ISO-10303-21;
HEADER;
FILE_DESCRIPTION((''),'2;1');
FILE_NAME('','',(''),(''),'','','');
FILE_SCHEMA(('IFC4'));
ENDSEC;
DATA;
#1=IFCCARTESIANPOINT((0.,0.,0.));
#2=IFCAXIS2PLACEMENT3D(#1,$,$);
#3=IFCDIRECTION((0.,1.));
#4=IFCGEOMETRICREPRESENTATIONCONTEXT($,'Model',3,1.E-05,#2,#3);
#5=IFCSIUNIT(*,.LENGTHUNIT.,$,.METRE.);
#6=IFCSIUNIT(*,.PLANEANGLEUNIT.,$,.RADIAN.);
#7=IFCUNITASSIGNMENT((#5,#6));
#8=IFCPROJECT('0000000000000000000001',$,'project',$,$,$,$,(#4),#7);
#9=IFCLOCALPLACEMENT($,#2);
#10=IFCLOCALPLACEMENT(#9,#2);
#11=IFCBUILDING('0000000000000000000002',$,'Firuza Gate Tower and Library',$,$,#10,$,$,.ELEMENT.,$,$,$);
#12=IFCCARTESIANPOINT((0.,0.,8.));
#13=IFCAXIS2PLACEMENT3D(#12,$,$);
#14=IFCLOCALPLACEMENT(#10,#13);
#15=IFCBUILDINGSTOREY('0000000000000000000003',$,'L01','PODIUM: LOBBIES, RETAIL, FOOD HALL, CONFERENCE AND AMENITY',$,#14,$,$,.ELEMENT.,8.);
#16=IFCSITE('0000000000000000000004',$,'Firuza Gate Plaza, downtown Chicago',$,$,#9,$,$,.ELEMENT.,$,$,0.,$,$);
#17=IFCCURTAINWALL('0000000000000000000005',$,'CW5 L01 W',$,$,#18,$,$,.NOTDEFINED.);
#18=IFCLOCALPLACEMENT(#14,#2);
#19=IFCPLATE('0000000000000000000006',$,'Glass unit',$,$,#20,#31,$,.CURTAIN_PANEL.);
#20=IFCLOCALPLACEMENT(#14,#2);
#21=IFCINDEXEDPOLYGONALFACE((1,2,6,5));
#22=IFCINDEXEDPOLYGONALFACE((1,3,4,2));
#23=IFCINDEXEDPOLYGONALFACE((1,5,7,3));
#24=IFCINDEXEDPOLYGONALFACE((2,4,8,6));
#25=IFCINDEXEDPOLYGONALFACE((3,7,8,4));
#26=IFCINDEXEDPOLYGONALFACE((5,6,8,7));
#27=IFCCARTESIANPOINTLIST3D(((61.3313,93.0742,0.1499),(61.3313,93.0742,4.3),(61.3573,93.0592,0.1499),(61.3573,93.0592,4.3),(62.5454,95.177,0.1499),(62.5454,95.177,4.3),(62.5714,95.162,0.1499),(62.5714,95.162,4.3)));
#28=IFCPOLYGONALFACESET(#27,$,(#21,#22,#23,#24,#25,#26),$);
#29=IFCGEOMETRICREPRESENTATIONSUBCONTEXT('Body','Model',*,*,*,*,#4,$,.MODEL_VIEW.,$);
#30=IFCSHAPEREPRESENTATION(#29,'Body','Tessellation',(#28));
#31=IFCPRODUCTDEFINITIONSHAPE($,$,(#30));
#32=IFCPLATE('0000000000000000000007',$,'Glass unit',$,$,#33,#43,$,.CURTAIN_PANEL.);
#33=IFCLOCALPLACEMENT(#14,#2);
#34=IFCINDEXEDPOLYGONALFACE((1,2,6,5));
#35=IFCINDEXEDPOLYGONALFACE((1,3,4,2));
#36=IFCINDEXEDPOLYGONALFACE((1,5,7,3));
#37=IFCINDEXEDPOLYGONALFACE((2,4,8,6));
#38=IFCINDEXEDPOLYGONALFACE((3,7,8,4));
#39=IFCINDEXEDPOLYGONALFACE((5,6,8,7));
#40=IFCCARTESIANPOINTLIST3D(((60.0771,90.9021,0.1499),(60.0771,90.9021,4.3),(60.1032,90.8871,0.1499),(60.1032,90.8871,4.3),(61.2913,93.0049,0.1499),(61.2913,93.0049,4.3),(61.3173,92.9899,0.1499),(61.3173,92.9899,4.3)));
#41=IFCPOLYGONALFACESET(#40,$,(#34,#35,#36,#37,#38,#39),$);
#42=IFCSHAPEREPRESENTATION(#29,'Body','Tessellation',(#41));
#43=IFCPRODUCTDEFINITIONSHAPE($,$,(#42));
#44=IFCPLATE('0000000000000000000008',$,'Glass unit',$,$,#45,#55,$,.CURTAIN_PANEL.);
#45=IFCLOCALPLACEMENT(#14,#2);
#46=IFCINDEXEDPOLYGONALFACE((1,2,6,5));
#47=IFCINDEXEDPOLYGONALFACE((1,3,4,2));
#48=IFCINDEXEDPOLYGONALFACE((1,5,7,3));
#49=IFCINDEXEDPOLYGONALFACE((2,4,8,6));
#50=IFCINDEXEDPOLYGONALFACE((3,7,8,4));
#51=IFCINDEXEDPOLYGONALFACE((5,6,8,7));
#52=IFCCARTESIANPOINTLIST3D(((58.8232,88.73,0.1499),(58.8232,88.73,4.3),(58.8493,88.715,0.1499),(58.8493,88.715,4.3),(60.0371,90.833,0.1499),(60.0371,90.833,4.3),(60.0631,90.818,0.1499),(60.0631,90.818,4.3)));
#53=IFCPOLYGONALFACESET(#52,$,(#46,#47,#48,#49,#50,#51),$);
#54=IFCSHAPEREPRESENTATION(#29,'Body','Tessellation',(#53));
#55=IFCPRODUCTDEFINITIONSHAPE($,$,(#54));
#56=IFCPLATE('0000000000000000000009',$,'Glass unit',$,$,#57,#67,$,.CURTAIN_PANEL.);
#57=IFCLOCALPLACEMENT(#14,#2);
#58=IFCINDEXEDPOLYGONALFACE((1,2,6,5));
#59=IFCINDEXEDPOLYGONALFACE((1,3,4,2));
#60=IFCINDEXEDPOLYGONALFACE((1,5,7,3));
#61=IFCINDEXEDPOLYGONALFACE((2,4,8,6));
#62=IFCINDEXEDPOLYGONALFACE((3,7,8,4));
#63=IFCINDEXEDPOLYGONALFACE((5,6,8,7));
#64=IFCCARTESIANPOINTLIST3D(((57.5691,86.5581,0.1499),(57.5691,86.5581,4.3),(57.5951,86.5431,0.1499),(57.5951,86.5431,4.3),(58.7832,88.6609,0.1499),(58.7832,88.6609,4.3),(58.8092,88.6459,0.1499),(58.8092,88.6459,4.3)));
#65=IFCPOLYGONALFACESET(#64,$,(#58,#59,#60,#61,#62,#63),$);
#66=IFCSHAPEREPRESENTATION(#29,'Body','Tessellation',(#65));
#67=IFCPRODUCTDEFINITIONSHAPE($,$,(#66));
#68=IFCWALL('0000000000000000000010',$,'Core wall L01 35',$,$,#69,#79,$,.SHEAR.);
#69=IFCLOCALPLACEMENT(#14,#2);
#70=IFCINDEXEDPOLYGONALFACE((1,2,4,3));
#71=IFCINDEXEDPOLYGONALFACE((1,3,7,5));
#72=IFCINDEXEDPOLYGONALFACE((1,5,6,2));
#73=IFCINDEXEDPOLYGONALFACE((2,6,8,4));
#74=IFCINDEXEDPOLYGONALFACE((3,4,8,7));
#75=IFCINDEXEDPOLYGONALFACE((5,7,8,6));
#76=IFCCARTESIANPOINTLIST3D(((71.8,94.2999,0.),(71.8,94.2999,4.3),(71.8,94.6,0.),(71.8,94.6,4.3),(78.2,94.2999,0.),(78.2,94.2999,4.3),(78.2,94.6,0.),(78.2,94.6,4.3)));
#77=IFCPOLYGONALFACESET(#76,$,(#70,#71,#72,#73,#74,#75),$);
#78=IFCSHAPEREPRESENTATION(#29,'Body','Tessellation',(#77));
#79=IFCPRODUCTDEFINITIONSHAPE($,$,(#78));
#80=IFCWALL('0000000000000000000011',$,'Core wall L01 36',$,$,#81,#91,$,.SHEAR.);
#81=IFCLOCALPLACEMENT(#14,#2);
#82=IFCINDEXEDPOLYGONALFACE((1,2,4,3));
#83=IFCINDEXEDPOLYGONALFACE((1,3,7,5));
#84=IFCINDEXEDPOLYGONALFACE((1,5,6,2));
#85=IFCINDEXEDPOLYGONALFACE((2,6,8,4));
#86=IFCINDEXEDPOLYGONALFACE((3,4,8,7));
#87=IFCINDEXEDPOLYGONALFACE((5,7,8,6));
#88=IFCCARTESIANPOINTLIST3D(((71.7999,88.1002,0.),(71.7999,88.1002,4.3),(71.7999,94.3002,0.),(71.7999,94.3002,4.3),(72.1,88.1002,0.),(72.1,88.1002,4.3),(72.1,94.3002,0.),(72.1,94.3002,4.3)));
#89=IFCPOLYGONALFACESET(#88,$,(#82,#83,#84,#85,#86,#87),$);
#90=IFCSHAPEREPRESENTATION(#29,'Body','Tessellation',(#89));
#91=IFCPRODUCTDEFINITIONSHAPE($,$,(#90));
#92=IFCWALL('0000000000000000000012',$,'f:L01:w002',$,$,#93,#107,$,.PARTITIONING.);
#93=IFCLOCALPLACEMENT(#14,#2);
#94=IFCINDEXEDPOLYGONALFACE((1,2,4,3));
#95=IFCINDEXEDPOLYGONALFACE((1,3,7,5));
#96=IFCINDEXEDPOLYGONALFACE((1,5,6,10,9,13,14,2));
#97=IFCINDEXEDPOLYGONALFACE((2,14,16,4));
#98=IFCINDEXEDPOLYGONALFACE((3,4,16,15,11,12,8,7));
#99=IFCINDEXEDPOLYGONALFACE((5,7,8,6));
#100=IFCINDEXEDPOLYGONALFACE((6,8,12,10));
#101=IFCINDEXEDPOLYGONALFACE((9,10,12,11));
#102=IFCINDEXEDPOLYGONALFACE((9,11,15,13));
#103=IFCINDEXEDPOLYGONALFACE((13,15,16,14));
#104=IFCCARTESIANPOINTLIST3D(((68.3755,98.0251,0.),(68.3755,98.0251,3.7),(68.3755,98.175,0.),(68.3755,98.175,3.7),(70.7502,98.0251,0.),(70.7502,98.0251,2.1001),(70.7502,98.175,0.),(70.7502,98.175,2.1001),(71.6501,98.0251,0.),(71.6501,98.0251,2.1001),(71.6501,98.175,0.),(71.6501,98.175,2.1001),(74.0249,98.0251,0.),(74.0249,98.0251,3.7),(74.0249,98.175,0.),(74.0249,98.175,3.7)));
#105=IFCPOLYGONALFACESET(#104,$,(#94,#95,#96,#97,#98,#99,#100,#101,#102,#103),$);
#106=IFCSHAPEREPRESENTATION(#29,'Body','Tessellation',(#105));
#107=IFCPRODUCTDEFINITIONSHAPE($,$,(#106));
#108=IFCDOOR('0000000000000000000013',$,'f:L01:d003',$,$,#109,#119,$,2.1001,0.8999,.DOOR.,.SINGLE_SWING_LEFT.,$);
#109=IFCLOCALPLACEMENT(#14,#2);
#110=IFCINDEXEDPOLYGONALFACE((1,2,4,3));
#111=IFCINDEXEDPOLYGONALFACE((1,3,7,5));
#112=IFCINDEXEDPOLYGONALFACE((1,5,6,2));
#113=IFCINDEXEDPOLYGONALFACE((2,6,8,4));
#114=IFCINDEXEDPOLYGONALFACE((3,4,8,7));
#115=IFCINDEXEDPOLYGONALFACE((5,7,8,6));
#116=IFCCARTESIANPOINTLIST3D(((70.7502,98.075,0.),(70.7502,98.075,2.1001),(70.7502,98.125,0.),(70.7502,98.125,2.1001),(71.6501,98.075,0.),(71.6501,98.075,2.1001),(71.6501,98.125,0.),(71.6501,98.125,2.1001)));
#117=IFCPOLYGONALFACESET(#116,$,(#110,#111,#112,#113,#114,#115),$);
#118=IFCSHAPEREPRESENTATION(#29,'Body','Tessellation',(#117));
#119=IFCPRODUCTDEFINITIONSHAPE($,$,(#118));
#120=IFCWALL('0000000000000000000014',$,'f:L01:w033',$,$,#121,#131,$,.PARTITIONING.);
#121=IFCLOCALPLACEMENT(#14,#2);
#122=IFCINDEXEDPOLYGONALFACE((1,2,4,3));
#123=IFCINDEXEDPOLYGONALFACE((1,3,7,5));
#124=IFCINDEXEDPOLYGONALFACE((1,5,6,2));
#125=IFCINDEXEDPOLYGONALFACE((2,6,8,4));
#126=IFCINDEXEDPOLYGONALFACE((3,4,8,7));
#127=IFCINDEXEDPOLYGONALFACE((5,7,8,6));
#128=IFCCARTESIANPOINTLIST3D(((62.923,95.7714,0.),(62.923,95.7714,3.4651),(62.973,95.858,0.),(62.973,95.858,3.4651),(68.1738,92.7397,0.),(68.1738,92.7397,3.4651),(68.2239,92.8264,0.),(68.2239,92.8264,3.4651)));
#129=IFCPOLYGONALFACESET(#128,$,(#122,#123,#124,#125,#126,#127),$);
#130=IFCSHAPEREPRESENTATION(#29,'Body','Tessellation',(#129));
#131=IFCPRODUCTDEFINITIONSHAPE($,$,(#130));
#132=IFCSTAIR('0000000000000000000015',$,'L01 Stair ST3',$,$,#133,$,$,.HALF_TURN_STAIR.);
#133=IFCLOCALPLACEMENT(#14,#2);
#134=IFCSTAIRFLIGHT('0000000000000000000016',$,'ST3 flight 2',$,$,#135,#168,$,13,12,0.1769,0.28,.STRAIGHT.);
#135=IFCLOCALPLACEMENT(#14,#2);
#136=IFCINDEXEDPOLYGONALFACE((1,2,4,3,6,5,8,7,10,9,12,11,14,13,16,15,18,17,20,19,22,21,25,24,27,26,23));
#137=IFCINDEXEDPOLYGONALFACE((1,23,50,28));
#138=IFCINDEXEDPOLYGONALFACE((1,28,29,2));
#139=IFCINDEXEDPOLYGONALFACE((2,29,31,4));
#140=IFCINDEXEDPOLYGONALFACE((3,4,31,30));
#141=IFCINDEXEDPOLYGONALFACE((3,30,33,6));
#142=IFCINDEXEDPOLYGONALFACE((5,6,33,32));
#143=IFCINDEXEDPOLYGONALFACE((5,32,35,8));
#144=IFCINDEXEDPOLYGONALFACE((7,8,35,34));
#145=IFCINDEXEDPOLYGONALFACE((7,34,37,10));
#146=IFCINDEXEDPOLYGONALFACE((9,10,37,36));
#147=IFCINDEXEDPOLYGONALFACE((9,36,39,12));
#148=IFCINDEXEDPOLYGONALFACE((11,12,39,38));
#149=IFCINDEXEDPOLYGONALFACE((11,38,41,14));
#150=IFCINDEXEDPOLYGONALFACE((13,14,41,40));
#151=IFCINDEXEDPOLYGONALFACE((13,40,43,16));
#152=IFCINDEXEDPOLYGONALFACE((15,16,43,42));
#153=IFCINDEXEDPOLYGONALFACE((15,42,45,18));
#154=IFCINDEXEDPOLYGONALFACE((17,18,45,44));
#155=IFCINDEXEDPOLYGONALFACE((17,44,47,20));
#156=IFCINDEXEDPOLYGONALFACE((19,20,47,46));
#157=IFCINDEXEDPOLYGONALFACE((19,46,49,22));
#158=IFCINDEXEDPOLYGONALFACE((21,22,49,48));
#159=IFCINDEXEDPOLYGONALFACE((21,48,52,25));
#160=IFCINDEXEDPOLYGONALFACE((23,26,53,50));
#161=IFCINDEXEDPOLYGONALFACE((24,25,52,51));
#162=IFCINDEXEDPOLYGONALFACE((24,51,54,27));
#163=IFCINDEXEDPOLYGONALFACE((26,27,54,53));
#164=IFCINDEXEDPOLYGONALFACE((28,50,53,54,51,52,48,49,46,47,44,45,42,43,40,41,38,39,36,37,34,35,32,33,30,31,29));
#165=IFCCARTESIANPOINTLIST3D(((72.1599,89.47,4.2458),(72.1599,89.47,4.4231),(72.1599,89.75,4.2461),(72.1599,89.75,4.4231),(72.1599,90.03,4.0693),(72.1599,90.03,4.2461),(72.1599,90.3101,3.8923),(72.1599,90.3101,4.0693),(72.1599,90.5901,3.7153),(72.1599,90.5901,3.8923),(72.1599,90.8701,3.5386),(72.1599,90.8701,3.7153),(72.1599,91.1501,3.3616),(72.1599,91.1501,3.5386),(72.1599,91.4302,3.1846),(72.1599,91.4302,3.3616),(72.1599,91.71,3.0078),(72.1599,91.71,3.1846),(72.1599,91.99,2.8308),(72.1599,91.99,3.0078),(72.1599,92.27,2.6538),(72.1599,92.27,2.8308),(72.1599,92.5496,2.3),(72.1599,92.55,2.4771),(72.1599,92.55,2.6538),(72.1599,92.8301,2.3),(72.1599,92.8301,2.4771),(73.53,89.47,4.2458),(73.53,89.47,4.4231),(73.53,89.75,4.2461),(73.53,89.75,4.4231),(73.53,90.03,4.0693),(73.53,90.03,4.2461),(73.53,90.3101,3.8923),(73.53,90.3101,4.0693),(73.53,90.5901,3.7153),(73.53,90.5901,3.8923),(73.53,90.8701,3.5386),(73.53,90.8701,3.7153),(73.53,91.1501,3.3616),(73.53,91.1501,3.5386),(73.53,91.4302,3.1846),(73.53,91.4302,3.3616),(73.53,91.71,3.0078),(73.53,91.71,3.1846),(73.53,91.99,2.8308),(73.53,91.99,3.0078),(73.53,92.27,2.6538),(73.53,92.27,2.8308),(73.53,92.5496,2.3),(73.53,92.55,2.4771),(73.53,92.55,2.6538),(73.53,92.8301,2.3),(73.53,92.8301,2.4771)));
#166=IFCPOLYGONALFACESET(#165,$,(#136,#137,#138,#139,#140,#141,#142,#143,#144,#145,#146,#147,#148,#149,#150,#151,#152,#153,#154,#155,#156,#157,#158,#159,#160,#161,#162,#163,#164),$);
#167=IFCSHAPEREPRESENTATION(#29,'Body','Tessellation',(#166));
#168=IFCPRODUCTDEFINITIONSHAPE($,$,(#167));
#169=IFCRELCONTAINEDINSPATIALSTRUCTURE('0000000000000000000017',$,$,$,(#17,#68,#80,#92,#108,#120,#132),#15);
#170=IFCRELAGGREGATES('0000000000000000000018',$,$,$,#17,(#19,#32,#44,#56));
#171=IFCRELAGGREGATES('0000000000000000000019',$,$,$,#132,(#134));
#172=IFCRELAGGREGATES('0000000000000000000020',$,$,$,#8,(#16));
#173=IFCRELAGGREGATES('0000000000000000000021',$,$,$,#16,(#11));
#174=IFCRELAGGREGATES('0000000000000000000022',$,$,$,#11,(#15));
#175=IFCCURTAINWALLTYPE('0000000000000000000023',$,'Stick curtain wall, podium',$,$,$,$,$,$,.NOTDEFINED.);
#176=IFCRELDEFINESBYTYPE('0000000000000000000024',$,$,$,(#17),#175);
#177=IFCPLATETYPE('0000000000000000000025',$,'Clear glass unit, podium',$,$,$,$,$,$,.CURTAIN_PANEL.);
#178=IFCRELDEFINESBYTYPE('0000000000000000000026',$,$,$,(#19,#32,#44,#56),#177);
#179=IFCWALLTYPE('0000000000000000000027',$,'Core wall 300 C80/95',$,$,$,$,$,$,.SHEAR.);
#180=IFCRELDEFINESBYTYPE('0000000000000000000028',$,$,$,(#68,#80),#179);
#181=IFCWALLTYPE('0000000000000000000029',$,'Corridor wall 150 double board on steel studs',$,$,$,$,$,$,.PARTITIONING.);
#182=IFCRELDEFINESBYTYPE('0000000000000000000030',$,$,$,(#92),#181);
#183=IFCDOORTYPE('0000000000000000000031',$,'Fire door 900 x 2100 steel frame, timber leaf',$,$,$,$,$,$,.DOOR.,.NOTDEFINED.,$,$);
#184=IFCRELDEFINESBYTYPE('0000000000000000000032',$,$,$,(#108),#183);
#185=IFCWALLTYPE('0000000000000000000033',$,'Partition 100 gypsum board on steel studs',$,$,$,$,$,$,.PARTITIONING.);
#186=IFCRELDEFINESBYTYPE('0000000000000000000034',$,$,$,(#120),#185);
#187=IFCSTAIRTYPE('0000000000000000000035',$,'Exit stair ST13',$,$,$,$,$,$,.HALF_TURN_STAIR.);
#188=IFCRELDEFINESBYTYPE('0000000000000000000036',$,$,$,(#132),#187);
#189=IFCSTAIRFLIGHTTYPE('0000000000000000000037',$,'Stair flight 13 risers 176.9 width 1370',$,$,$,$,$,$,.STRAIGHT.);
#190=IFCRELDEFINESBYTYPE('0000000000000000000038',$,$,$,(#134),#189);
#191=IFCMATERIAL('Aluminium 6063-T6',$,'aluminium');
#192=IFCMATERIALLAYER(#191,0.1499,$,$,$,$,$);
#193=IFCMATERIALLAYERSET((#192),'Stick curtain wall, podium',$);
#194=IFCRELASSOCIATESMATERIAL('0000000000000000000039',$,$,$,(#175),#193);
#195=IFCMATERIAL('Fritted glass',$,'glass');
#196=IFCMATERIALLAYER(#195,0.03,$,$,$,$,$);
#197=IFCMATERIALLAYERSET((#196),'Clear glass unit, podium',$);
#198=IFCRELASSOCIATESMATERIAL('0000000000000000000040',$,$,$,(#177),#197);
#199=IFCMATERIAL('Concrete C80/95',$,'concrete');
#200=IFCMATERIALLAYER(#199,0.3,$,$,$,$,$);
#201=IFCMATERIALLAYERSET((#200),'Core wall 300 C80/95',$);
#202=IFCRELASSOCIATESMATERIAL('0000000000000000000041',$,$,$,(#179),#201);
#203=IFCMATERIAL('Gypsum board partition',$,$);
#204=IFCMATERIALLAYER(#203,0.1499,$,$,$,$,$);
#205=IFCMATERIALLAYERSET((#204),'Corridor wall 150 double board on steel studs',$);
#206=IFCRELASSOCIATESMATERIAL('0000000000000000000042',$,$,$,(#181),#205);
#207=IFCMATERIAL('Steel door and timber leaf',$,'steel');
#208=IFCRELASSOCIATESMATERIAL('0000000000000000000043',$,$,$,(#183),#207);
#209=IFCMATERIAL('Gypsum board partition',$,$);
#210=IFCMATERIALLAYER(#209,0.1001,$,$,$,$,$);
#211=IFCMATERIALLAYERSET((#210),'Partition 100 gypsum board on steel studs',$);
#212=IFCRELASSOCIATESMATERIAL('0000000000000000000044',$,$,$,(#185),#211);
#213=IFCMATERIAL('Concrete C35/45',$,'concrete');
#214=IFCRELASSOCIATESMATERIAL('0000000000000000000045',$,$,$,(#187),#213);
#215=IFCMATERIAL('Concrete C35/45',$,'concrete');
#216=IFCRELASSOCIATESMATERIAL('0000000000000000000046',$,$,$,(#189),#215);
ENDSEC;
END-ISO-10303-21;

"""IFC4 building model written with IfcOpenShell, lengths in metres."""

from ifc_helpers import new_model, si_unit, direction, frame, frame_2d, origin, place, context, subcontext, project, spatial, polyline, rectangle, outline, extrude, material, layer, layer_set, type_object, element, fill, aggregate, save


model = new_model("IFC4")

# Units and contexts
model_context = context("Model", 3, precision=1e-05, world=origin(), true_north=direction((0.0, 1.0)))
body_context = subcontext(model_context, "Body", "Model", "MODEL_VIEW")
ifc_project = project(units=[si_unit("LENGTHUNIT", "METRE"), si_unit("PLANEANGLEUNIT", "RADIAN")], contexts=[model_context])

# Site, building, storey
site_placement = place(None, origin())
site = spatial("IfcSite", under=ifc_project, at=site_placement, Name="Firuza Gate Plaza, downtown Chicago", CompositionType="ELEMENT", RefElevation=0.0)
building_placement = place(site_placement, origin())
building = spatial("IfcBuilding", under=site, at=building_placement, Name="Firuza Gate Tower and Library", CompositionType="ELEMENT")
storey_placement = place(building_placement, frame((0.0, 0.0, 8.0)))
storey = spatial("IfcBuildingStorey", under=building, at=storey_placement, Name="L01", Description="PODIUM: LOBBIES, RETAIL, FOOD HALL, CONFERENCE AND AMENITY", CompositionType="ELEMENT", Elevation=8.0)

# Curtain wall
ifc_material_1 = material(Name="Aluminium 6063-T6", Category="aluminium")
ifc_layer_1 = layer(ifc_material_1, 0.1499)
ifc_layer_set_1 = layer_set([ifc_layer_1], Name="Stick curtain wall, podium")
curtain_wall_type = type_object("IfcCurtainWallType", Name="Stick curtain wall, podium", PredefinedType="NOTDEFINED", material=ifc_layer_set_1)
placement = place(storey_placement, origin())
curtain_wall = element("IfcCurtainWall", 1, at=placement, inside=storey, type_object=curtain_wall_type, Name="CW5 L01 W", PredefinedType="NOTDEFINED")

# Plates
ifc_material_2 = material(Name="Fritted glass", Category="glass")
ifc_layer_2 = layer(ifc_material_2, 0.03)
ifc_layer_set_2 = layer_set([ifc_layer_2], Name="Clear glass unit, podium")
plate_type = type_object("IfcPlateType", Name="Clear glass unit, podium", PredefinedType="CURTAIN_PANEL", material=ifc_layer_set_2)
plate_1_placement = place(storey_placement, frame((62.5454, 95.177, 0.1499), z_axis=(-0.866013, 0.500021, 0.0), x_axis=(-0.500021, -0.866013, 0.0)))
plate_1 = element("IfcPlate", 2, at=plate_1_placement, type_object=plate_type, Name="Glass unit", PredefinedType="CURTAIN_PANEL", context=body_context, shape_type="SweptSolid", body=[
    extrude(outline(polyline([(0.0, 0.0), (2.4281, 0.0), (2.4281, 4.1501), (0.0, 4.1501), (0.0, 0.0)])), origin(), (0.0, 0.0, -1.0), 0.03),
])
plate_2_placement = place(storey_placement, frame((61.2913, 93.0049, 0.1499), z_axis=(-0.866013, 0.500021, 0.0), x_axis=(-0.500021, -0.866013, 0.0)))
plate_2 = element("IfcPlate", 3, at=plate_2_placement, type_object=plate_type, Name="Glass unit", PredefinedType="CURTAIN_PANEL", context=body_context, shape_type="SweptSolid", body=[
    extrude(outline(polyline([(0.0, 0.0), (2.4281, 0.0), (2.4281, 4.1501), (0.0, 4.1501), (0.0, 0.0)])), origin(), (0.0, 0.0, -1.0), 0.03),
])
plate_3_placement = place(storey_placement, frame((60.0371, 90.833, 0.1499), z_axis=(-0.866082, 0.499902, 0.0), x_axis=(-0.499902, -0.866082, 0.0)))
plate_3 = element("IfcPlate", 4, at=plate_3_placement, type_object=plate_type, Name="Glass unit", PredefinedType="CURTAIN_PANEL", context=body_context, shape_type="SweptSolid", body=[
    extrude(outline(polyline([(0.0, 0.0), (2.4282, 0.0), (2.4282, 4.1501), (0.0, 4.1501), (0.0, 0.0)])), origin(), (0.0, 0.0, -1.0), 0.03),
])
plate_4_placement = place(storey_placement, frame((58.7832, 88.6609, 0.1499), z_axis=(-0.866013, 0.500021, 0.0), x_axis=(-0.500021, -0.866013, 0.0)))
plate_4 = element("IfcPlate", 5, at=plate_4_placement, type_object=plate_type, Name="Glass unit", PredefinedType="CURTAIN_PANEL", context=body_context, shape_type="SweptSolid", body=[
    extrude(outline(polyline([(0.0, 0.0), (2.4281, 0.0), (2.4281, 4.1501), (0.0, 4.1501), (0.0, 0.0)])), origin(), (0.0, 0.0, -1.0), 0.03),
])
aggregate(curtain_wall, [plate_1, plate_2, plate_3, plate_4])

# Walls
ifc_material_3 = material(Name="Concrete C80/95", Category="concrete")
ifc_layer_3 = layer(ifc_material_3, 0.3)
ifc_layer_set_3 = layer_set([ifc_layer_3], Name="Core wall 300 C80/95")
wall_type_1 = type_object("IfcWallType", Name="Core wall 300 C80/95", PredefinedType="SHEAR", material=ifc_layer_set_3)
wall_1_placement = place(storey_placement, frame((71.8, 94.45, 0.0), z_axis=(0.0, 0.0, 1.0), x_axis=(1.0, 0.0, 0.0)))
element("IfcWall", 6, at=wall_1_placement, inside=storey, type_object=wall_type_1, Name="Core wall L01 35", PredefinedType="SHEAR", context=body_context, shape_type="SweptSolid", body=[
    extrude(rectangle(XDim=6.3999, YDim=0.3, at=frame_2d((3.2, 0.0))), origin(), (0.0, 0.0, 1.0), 4.3),
])
wall_2_placement = place(storey_placement, frame((71.95, 88.1001, 0.0), z_axis=(0.0, 0.0, 1.0), x_axis=(0.0, 1.0, 0.0)))
element("IfcWall", 7, at=wall_2_placement, inside=storey, type_object=wall_type_1, Name="Core wall L01 36", PredefinedType="SHEAR", context=body_context, shape_type="SweptSolid", body=[
    extrude(rectangle(XDim=6.2, YDim=0.3, at=frame_2d((3.1001, 0.0))), origin(), (0.0, 0.0, 1.0), 4.3),
])

# Wall, opening, door
ifc_material_4 = material(Name="Gypsum board partition")
ifc_layer_4 = layer(ifc_material_4, 0.1499)
ifc_layer_set_4 = layer_set([ifc_layer_4], Name="Corridor wall 150 double board on steel studs")
wall_type_2 = type_object("IfcWallType", Name="Corridor wall 150 double board on steel studs", PredefinedType="PARTITIONING", material=ifc_layer_set_4)
wall_3_placement = place(storey_placement, frame((68.3755, 98.1001, 0.0), z_axis=(0.0, 0.0, 1.0), x_axis=(1.0, 0.0, 0.0)))
wall_3 = element("IfcWall", 8, at=wall_3_placement, inside=storey, type_object=wall_type_2, Name="f:L01:w002", PredefinedType="PARTITIONING", context=body_context, shape_type="SweptSolid", body=[
    extrude(rectangle(XDim=5.6494, YDim=0.1499, at=frame_2d((2.8247, 0.0))), origin(), (0.0, 0.0, 1.0), 3.7),
])
opening_placement = place(wall_3_placement, frame((2.3748, 0.0, 0.0)))
opening = element("IfcOpeningElement", 9, at=opening_placement, cuts=wall_3, PredefinedType="OPENING", context=body_context, shape_type="SweptSolid", body=[
    extrude(rectangle(XDim=0.8999, YDim=2.1001, at=frame_2d((0.45, 1.05))), frame((0.0, 0.085, 0.0), z_axis=(0.0, -1.0, 0.0), x_axis=(1.0, 0.0, 0.0)), (0.0, 0.0, 1.0), 0.1699),
])
ifc_material_5 = material(Name="Steel door and timber leaf", Category="steel")
door_type = type_object("IfcDoorType", Name="Fire door 900 x 2100 steel frame, timber leaf", OperationType="NOTDEFINED", PredefinedType="DOOR", material=ifc_material_5)
door_placement = place(opening_placement, origin())
door = element("IfcDoor", 10, at=door_placement, inside=storey, type_object=door_type, Name="f:L01:d003", OperationType="SINGLE_SWING_LEFT", OverallHeight=2.1001, OverallWidth=0.8999, PredefinedType="DOOR", context=body_context, shape_type="SweptSolid", body=[
    extrude(rectangle(XDim=0.8999, YDim=2.1001, at=frame_2d((0.45, 1.05))), frame((0.0, 0.0249, 0.0), z_axis=(0.0, -1.0, 0.0), x_axis=(1.0, 0.0, 0.0)), (0.0, 0.0, 1.0), 0.05),
])
fill(opening, door)

# Wall
ifc_material_6 = material(Name="Gypsum board partition")
ifc_layer_5 = layer(ifc_material_6, 0.1001)
ifc_layer_set_5 = layer_set([ifc_layer_5], Name="Partition 100 gypsum board on steel studs")
wall_type_3 = type_object("IfcWallType", Name="Partition 100 gypsum board on steel studs", PredefinedType="PARTITIONING", material=ifc_layer_set_5)
wall_4_placement = place(storey_placement, frame((68.199, 92.783, 0.0), z_axis=(0.0, 0.0, 1.0), x_axis=(-0.866019, 0.500011, 0.0)))
element("IfcWall", 11, at=wall_4_placement, inside=storey, type_object=wall_type_3, Name="f:L01:w033", PredefinedType="PARTITIONING", context=body_context, shape_type="SweptSolid", body=[
    extrude(rectangle(XDim=6.0632, YDim=0.1001, at=frame_2d((3.0317, 0.0))), origin(), (0.0, 0.0, 1.0), 3.4651),
])

# Stair, stair flight
ifc_material_7 = material(Name="Concrete C35/45", Category="concrete")
stair_type = type_object("IfcStairType", Name="Exit stair ST13", PredefinedType="HALF_TURN_STAIR", material=ifc_material_7)
stair = element("IfcStair", 12, at=placement, inside=storey, type_object=stair_type, Name="L01 Stair ST3", PredefinedType="HALF_TURN_STAIR")
ifc_material_8 = material(Name="Concrete C35/45", Category="concrete")
stair_flight_type = type_object("IfcStairFlightType", Name="Stair flight 13 risers 176.9 width 1370", PredefinedType="STRAIGHT", material=ifc_material_8)
stair_flight_placement = place(storey_placement, frame((72.845, 92.8301, 2.3), z_axis=(0.0, 0.0, 1.0), x_axis=(0.0, -1.0, 0.0)))
stair_flight = element("IfcStairFlight", 13, at=stair_flight_placement, type_object=stair_flight_type, Name="ST3 flight 2", NumberOfRisers=13, NumberOfTreads=12, PredefinedType="STRAIGHT", RiserHeight=0.1769, TreadLength=0.28, context=body_context, shape_type="SweptSolid", body=[
    extrude(outline(polyline([(0.0, 0.0), (0.0, 0.177), (0.28, 0.177), (0.28, 0.3538), (0.5601, 0.3538), (0.5601, 0.5308), (0.8401, 0.5308), (0.8401, 0.7078), (1.1201, 0.7078), (1.1201, 0.8845), (1.3999, 0.8845), (1.3999, 1.0615), (1.6799, 1.0615), (1.6799, 1.2385), (1.96, 1.2385), (1.96, 1.4153), (2.24, 1.4153), (2.24, 1.5923), (2.52, 1.5923), (2.52, 1.7693), (2.8, 1.7693), (2.8, 1.946), (3.0801, 1.946), (3.0801, 2.123), (3.3601, 2.123), (3.3601, 2.3), (3.3601, 1.9458), (0.2805, 0.0), (0.0, 0.0)])), frame((0.0, 0.6851, 0.0), z_axis=(0.0, -1.0, 0.0), x_axis=(1.0, 0.0, 0.0)), (0.0, 0.0, 1.0), 1.3701),
])
aggregate(stair, [stair_flight])

save(model, "model.ifc")
